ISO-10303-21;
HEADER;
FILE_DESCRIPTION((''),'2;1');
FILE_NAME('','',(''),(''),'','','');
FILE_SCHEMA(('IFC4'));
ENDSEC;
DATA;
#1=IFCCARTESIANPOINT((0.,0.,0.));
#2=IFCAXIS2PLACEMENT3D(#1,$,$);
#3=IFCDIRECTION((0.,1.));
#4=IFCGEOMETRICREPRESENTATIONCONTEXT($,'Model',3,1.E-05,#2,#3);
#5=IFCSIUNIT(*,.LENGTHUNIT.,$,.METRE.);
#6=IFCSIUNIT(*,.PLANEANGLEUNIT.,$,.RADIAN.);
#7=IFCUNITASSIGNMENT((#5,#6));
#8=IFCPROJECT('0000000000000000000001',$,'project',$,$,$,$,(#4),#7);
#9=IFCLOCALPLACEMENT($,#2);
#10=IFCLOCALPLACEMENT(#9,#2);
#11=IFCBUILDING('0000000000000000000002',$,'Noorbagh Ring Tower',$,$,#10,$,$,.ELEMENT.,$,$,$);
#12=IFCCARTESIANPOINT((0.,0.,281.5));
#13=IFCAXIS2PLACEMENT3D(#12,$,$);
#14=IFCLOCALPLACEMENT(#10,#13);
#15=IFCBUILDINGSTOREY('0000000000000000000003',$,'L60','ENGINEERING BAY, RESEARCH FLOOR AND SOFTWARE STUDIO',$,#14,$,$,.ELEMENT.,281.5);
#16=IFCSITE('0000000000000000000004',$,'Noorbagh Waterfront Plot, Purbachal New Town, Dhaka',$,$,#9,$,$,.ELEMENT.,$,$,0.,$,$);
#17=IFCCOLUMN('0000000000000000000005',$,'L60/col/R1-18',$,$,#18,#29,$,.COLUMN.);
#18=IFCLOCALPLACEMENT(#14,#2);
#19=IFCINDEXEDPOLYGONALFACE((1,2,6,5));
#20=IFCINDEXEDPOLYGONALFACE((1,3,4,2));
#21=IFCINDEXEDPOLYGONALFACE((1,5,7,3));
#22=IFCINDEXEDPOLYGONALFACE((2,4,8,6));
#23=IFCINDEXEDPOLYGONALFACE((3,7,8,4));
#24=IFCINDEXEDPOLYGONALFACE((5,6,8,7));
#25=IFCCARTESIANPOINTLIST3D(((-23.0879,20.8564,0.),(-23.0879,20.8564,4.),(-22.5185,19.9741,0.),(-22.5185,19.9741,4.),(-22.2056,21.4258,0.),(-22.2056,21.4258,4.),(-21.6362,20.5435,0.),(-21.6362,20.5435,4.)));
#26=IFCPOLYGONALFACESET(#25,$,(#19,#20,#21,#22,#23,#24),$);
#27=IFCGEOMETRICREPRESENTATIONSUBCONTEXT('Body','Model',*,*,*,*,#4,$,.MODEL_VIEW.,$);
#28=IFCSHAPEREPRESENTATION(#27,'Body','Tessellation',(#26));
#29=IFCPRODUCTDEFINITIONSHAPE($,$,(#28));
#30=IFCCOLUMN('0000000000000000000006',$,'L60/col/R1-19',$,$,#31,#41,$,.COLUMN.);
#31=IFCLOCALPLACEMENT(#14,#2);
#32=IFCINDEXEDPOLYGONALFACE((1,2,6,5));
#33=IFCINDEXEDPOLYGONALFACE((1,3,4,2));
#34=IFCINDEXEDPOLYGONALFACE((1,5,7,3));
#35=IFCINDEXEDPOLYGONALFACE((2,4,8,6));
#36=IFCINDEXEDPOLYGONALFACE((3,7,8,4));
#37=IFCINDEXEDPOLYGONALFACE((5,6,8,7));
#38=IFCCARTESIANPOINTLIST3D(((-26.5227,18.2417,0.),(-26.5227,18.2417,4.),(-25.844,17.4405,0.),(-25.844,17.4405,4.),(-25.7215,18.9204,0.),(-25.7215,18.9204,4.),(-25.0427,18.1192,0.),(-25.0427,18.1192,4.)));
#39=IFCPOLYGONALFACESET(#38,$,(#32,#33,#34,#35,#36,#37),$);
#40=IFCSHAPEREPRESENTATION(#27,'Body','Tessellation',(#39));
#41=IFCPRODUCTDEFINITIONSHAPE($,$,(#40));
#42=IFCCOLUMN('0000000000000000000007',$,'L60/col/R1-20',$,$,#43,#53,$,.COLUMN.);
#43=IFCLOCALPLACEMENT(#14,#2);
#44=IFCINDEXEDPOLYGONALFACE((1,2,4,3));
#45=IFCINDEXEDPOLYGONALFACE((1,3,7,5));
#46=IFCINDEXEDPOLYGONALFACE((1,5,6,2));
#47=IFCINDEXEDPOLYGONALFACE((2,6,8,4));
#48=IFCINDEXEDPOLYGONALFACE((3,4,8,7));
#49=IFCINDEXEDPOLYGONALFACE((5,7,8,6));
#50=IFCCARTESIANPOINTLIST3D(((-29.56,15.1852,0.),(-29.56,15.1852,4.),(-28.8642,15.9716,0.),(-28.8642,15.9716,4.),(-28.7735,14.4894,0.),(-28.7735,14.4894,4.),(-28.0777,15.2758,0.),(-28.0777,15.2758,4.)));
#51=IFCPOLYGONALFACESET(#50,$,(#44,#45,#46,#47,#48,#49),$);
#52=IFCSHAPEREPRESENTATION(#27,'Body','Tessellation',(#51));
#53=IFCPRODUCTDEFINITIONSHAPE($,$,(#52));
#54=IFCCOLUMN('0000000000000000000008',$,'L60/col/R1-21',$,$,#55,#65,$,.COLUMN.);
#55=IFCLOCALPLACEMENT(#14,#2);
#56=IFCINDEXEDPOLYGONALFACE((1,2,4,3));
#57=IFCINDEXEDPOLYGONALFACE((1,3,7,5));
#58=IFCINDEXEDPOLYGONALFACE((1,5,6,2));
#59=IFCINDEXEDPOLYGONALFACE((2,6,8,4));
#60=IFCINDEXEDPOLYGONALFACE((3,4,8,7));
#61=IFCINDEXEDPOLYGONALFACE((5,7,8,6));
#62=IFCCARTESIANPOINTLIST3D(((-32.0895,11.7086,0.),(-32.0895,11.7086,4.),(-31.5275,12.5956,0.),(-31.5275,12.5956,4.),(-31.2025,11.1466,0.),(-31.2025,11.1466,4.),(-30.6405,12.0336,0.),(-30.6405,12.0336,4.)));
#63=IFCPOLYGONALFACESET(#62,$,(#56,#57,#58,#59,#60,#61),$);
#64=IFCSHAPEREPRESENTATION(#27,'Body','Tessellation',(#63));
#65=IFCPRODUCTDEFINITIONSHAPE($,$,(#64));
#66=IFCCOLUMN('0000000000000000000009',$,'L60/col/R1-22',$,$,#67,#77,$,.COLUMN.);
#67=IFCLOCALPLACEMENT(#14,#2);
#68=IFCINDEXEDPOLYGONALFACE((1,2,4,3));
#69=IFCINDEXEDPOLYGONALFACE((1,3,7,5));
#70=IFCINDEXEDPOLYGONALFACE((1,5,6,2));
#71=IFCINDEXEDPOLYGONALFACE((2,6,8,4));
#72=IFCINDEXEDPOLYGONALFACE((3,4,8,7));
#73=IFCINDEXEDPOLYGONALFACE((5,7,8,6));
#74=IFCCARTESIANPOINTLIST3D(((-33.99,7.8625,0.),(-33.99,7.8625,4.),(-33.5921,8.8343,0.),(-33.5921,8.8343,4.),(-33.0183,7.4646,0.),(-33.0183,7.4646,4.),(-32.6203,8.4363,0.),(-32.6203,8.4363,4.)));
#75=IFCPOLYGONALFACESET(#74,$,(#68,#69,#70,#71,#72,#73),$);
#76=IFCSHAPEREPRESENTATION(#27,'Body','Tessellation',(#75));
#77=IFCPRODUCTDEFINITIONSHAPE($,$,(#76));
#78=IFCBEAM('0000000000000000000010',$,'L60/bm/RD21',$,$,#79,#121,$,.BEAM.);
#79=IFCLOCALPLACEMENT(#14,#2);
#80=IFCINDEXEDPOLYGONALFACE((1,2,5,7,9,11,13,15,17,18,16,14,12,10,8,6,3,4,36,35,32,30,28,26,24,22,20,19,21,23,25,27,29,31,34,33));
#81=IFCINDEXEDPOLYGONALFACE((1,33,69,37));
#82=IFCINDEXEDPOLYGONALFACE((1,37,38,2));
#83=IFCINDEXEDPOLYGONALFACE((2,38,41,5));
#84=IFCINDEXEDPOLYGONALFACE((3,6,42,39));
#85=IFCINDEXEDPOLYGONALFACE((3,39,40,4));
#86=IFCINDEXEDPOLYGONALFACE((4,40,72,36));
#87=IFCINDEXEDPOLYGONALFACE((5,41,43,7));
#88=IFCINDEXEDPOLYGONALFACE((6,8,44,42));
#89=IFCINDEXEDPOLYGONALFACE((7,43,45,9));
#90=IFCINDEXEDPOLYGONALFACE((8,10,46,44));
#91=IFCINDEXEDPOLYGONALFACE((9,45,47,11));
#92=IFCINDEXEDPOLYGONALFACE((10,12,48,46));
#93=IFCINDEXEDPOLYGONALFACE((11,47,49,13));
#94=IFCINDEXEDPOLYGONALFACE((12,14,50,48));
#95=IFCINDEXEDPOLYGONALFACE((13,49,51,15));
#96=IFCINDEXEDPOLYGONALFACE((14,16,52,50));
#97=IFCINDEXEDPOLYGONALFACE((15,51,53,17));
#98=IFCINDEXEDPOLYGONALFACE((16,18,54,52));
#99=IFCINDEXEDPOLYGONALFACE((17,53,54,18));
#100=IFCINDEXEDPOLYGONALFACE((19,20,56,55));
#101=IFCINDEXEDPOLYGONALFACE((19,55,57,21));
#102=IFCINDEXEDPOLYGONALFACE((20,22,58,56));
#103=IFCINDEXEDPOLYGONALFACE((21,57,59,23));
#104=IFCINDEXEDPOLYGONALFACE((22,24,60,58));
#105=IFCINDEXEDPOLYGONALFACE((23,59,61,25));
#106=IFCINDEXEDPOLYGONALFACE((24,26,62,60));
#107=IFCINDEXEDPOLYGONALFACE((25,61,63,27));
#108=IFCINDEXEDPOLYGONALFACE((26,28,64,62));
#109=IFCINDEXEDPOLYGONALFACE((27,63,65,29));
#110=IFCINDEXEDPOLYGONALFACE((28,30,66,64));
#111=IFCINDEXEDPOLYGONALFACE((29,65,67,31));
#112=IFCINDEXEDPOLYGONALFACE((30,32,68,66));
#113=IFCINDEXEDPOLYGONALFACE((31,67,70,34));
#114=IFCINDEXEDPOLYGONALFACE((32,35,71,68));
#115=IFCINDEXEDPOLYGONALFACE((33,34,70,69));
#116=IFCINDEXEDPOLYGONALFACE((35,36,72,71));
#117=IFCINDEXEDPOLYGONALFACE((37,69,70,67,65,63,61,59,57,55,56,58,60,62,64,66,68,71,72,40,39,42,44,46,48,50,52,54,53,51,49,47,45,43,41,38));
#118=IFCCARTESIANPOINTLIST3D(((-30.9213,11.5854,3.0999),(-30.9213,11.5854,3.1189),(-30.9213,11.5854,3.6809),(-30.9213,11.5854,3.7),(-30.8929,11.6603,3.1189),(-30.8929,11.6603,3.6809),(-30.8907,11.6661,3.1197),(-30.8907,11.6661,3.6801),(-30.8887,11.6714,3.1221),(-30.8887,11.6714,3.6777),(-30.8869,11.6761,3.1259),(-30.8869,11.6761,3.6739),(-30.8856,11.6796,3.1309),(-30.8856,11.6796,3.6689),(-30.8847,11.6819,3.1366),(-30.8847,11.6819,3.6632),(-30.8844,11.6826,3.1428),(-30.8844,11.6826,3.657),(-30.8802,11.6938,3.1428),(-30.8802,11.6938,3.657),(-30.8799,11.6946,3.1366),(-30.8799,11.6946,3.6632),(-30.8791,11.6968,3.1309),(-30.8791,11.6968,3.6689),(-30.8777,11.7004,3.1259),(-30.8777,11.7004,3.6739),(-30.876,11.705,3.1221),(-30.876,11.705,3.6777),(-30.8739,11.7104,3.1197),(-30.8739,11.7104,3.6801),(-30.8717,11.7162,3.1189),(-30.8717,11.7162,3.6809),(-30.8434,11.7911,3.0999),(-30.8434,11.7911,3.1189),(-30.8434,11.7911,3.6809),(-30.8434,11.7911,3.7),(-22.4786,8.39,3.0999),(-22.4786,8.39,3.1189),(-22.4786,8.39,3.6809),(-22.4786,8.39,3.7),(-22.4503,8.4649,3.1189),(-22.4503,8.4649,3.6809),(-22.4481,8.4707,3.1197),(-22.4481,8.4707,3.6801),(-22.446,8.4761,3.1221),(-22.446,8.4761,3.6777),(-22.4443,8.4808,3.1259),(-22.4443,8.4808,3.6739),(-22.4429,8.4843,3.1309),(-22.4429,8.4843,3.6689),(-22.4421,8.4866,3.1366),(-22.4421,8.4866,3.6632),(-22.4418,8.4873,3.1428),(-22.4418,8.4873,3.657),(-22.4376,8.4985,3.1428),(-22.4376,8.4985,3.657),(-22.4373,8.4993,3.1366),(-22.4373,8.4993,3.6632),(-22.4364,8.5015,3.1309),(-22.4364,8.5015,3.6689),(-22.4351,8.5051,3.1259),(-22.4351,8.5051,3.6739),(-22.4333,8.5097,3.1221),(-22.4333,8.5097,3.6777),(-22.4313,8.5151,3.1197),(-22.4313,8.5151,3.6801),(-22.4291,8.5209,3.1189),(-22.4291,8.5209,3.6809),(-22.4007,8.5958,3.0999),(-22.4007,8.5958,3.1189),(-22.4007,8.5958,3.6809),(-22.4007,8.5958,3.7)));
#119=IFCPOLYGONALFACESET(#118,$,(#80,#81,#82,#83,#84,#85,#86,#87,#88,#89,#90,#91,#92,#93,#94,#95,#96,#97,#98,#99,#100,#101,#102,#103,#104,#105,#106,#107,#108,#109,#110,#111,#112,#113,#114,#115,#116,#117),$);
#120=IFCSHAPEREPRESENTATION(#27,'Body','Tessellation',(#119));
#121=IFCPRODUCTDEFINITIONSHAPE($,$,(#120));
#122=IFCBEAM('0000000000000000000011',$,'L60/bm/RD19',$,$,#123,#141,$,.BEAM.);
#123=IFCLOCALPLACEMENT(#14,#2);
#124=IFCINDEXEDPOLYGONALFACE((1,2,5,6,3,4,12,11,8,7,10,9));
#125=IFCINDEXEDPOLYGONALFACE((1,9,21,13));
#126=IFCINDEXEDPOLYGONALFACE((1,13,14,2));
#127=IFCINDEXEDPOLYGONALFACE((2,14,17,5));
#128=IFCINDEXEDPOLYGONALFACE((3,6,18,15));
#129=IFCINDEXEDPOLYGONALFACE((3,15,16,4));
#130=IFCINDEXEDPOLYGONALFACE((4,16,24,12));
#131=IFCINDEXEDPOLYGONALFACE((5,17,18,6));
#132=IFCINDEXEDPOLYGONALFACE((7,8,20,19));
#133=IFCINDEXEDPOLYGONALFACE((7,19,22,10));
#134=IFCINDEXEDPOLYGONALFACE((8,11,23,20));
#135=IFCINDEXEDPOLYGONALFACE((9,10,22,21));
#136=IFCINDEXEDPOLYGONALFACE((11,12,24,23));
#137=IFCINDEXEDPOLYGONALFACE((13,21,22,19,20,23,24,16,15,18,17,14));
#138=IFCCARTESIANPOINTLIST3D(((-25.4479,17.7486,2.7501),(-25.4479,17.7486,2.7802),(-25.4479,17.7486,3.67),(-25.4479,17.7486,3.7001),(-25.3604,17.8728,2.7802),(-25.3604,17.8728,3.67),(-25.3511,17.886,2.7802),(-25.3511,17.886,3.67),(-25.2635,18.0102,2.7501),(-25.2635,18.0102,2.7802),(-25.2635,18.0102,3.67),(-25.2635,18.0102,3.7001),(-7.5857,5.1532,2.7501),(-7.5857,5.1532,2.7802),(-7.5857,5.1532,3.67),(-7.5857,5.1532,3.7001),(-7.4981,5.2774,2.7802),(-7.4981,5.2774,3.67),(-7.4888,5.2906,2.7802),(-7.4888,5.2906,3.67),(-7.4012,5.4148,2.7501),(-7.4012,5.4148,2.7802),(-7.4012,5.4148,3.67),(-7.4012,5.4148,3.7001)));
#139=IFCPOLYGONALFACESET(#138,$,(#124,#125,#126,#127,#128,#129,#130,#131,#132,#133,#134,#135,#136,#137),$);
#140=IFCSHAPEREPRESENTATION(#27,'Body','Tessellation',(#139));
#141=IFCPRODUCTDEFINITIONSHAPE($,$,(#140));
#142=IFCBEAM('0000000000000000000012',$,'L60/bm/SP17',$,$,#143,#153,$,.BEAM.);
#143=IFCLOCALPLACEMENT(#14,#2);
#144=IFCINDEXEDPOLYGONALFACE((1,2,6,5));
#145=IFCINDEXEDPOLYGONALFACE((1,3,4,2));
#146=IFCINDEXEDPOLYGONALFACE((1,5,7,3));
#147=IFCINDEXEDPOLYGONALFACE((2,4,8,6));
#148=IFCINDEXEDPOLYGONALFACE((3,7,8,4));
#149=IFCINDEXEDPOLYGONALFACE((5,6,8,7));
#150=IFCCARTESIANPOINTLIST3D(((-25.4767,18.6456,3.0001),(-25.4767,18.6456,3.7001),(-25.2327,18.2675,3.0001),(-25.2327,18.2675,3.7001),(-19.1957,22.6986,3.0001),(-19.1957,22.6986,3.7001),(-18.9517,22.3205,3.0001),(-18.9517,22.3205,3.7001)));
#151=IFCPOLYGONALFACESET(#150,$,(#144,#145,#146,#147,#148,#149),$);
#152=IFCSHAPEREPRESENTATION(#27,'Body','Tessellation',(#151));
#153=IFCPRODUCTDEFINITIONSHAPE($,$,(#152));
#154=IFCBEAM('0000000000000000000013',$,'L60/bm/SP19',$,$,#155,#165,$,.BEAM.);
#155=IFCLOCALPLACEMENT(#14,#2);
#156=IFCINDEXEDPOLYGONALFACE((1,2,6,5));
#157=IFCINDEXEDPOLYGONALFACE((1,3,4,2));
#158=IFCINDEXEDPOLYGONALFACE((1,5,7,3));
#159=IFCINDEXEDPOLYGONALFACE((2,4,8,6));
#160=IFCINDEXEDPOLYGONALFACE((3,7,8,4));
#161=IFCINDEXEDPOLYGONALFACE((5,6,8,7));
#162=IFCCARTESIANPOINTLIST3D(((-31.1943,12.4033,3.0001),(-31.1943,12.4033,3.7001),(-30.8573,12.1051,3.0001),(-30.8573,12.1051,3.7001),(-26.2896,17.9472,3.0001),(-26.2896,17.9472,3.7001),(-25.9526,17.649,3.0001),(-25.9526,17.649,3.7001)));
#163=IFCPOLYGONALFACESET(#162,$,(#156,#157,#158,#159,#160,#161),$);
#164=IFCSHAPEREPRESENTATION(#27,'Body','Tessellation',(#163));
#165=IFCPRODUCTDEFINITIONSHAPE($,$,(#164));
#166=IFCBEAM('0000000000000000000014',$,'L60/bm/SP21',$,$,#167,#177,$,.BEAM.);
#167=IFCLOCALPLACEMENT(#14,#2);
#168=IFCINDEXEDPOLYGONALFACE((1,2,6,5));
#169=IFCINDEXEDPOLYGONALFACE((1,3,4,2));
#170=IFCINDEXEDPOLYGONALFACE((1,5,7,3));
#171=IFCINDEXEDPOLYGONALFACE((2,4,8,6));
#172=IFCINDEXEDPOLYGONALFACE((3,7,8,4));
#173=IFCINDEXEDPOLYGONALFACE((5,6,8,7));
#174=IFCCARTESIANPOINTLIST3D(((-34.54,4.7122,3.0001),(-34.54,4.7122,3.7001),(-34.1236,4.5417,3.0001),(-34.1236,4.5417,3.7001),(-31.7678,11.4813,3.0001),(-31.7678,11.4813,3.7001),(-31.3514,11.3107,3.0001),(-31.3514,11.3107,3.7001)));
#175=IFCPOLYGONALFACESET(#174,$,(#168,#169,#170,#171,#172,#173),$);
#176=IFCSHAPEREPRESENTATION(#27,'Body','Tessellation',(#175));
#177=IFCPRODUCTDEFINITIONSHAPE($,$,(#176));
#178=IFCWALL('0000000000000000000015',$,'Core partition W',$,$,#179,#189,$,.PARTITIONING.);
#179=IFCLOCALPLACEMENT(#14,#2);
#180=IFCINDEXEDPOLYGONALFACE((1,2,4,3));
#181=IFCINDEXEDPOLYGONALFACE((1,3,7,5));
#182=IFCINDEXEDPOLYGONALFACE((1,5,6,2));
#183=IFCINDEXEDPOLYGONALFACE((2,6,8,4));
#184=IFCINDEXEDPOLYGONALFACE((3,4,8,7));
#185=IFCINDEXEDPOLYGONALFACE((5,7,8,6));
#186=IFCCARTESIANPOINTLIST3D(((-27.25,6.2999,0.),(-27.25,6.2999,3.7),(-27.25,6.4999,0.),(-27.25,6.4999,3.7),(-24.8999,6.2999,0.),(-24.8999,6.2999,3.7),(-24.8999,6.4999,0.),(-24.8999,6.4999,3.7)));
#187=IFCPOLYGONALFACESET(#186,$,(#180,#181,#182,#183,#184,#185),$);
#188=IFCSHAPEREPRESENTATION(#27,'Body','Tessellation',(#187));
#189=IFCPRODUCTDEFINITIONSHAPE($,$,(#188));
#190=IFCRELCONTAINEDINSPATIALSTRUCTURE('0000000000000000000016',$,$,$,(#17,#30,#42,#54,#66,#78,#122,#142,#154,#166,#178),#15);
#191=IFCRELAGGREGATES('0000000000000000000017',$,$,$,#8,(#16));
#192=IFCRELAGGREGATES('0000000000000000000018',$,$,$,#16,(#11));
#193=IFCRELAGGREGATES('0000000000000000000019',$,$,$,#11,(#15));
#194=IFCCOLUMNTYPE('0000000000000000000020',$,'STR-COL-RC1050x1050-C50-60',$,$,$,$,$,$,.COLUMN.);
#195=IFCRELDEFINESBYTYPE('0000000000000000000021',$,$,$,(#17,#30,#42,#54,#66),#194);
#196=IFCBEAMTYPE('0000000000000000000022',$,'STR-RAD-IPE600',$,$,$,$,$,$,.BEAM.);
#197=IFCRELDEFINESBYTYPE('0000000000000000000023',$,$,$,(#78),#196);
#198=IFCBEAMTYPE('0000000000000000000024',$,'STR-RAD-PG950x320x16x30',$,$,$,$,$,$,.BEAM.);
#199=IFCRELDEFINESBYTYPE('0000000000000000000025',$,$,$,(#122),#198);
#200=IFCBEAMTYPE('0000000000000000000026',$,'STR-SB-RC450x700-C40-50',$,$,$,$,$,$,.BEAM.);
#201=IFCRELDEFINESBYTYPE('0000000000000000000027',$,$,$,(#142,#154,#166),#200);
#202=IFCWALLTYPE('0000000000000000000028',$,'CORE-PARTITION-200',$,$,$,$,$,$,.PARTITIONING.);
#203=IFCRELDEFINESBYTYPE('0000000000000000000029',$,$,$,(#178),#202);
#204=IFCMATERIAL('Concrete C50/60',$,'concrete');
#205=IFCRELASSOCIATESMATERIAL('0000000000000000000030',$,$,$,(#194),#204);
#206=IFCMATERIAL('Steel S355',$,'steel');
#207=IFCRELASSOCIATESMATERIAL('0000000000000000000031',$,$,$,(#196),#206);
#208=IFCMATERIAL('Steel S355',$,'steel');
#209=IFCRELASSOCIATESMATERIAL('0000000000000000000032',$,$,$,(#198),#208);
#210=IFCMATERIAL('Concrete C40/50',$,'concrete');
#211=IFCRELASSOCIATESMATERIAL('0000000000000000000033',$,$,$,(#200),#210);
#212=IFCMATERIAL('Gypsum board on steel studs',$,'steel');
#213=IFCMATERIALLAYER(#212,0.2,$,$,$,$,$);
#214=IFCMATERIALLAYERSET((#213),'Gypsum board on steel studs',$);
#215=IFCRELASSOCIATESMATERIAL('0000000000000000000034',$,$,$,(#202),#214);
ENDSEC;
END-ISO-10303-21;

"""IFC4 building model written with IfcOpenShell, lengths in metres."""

from ifc_helpers import new_model, si_unit, direction, frame, frame_2d, origin, origin_2d, place, context, subcontext, project, spatial, rectangle, i_section, extrude, material, layer, layer_set, material_profile, profile_set, type_object, element, save


model = new_model("IFC4")

# Units and contexts
model_context = context("Model", 3, precision=1e-05, world=origin(), true_north=direction((0.0, 1.0)))
body_context = subcontext(model_context, "Body", "Model", "MODEL_VIEW")
ifc_project = project(units=[si_unit("LENGTHUNIT", "METRE"), si_unit("PLANEANGLEUNIT", "RADIAN")], contexts=[model_context])

# Site, building, storey
site_placement = place(None, origin())
site = spatial("IfcSite", under=ifc_project, at=site_placement, Name="Noorbagh Waterfront Plot, Purbachal New Town, Dhaka", CompositionType="ELEMENT", RefElevation=0.0)
building_placement = place(site_placement, origin())
building = spatial("IfcBuilding", under=site, at=building_placement, Name="Noorbagh Ring Tower", CompositionType="ELEMENT")
storey_placement = place(building_placement, frame((0.0, 0.0, 281.5)))
storey = spatial("IfcBuildingStorey", under=building, at=storey_placement, Name="L60", Description="ENGINEERING BAY, RESEARCH FLOOR AND SOFTWARE STUDIO", CompositionType="ELEMENT", Elevation=281.5)

# Columns
ifc_material_1 = material(Name="Concrete C50/60", Category="concrete")
ifc_material_profile_1 = material_profile(ifc_material_1, rectangle(XDim=1.05, YDim=1.05, at=origin_2d()), Name="RC1050x1050")
ifc_profile_set_1 = profile_set([ifc_material_profile_1], Name="Concrete C50/60")
column_type = type_object("IfcColumnType", Name="STR-COL-RC1050x1050-C50-60", PredefinedType="COLUMN", material=ifc_profile_set_1)
for number, where, z_axis, x_axis, name in (
    (1, (-22.3621, 20.7, 0.0), (0.0, 0.0, 1.0), (-0.840248, -0.542203, 0.0), "L60/col/R1-18"),
    (2, (-25.7827, 18.1804, 0.0), (0.0, 0.0, 1.0), (-0.763035, -0.646357, 0.0), "L60/col/R1-19"),
    (3, (-28.8188, 15.2305, 0.0), (0.0, 0.0, 1.0), (-0.662636, -0.748942, 0.0), "L60/col/R1-20"),
    (4, (-31.365, 11.8711, 0.0), (0.0, 0.0, 1.0), (-0.53519, -0.844731, 0.0), "L60/col/R1-21"),
    (5, (-33.3052, 8.1494, 0.0), (0.0, 0.0, 1.0), (-0.378989, -0.925401, 0.0), "L60/col/R1-22"),
):
    element("IfcColumn", number, at=place(storey_placement, frame(where, z_axis=z_axis, x_axis=x_axis)), inside=storey, type_object=column_type, Name=name, PredefinedType="COLUMN", context=body_context, shape_type="SweptSolid", body=[
        extrude(rectangle(XDim=1.05, YDim=1.05, at=origin_2d()), origin(), (0.0, 0.0, 1.0), 4.0),
    ])

# Beams
ifc_material_2 = material(Name="Steel S355", Category="steel")
ifc_material_profile_2 = material_profile(ifc_material_2, i_section(OverallWidth=0.22, OverallDepth=0.6001, WebThickness=0.012, FlangeThickness=0.019, FilletRadius=0.0239, at=origin_2d()), Name="IPE600")
ifc_profile_set_2 = profile_set([ifc_material_profile_2], Name="Steel S355")
beam_type_1 = type_object("IfcBeamType", Name="STR-RAD-IPE600", PredefinedType="BEAM", material=ifc_profile_set_2)
beam_1_placement = place(storey_placement, frame((-30.8823, 11.6882, 3.3999), z_axis=(0.935257, -0.35397, 0.0), x_axis=(0.35397, 0.935257, 0.0)))
element("IfcBeam", 6, at=beam_1_placement, inside=storey, type_object=beam_type_1, Name="L60/bm/RD21", PredefinedType="BEAM", context=body_context, shape_type="SweptSolid", body=[
    extrude(i_section(OverallWidth=0.22, OverallDepth=0.6001, WebThickness=0.012, FlangeThickness=0.019, FilletRadius=0.0239, at=origin_2d()), origin(), (0.0, 0.0, 1.0), 9.0271),
])
ifc_material_3 = material(Name="Steel S355", Category="steel")
ifc_material_profile_3 = material_profile(ifc_material_3, i_section(OverallWidth=0.3201, OverallDepth=0.95, WebThickness=0.0161, FlangeThickness=0.03, at=origin_2d()), Name="PG950x320x16x30")
ifc_profile_set_3 = profile_set([ifc_material_profile_3], Name="Steel S355")
beam_type_2 = type_object("IfcBeamType", Name="STR-RAD-PG950x320x16x30", PredefinedType="BEAM", material=ifc_profile_set_3)
beam_2_placement = place(storey_placement, frame((-25.3557, 17.8794, 3.2251), z_axis=(0.817253, -0.576279, 0.0), x_axis=(0.576279, 0.817253, 0.0)))
element("IfcBeam", 7, at=beam_2_placement, inside=storey, type_object=beam_type_2, Name="L60/bm/RD19", PredefinedType="BEAM", context=body_context, shape_type="SweptSolid", body=[
    extrude(i_section(OverallWidth=0.3201, OverallDepth=0.95, WebThickness=0.0161, FlangeThickness=0.03, at=origin_2d()), origin(), (0.0, 0.0, 1.0), 21.8564),
])
ifc_material_4 = material(Name="Concrete C40/50", Category="concrete")
ifc_material_profile_4 = material_profile(ifc_material_4, rectangle(XDim=0.45, YDim=0.7, at=origin_2d()), Name="RC450x700")
ifc_profile_set_4 = profile_set([ifc_material_profile_4], Name="Concrete C40/50")
beam_type_3 = type_object("IfcBeamType", Name="STR-SB-RC450x700-C40-50", PredefinedType="BEAM", material=ifc_profile_set_4)
beam_3_placement = place(storey_placement, frame((-19.0737, 22.5095, 3.3501), z_axis=(-0.840253, -0.542195, 0.0), x_axis=(0.542195, -0.840253, 0.0)))
element("IfcBeam", 8, at=beam_3_placement, inside=storey, type_object=beam_type_3, Name="L60/bm/SP17", PredefinedType="BEAM", context=body_context, shape_type="SweptSolid", body=[
    extrude(rectangle(XDim=0.45, YDim=0.7, at=origin_2d()), origin(), (0.0, 0.0, 1.0), 7.4751),
])
beam_4_placement = place(storey_placement, frame((-26.1211, 17.7981, 3.3501), z_axis=(-0.662614, -0.748961, 0.0), x_axis=(0.748961, -0.662614, 0.0)))
element("IfcBeam", 9, at=beam_4_placement, inside=storey, type_object=beam_type_3, Name="L60/bm/SP19", PredefinedType="BEAM", context=body_context, shape_type="SweptSolid", body=[
    extrude(rectangle(XDim=0.45, YDim=0.7, at=origin_2d()), origin(), (0.0, 0.0, 1.0), 7.4021),
])
beam_5_placement = place(storey_placement, frame((-31.5596, 11.396, 3.3501), z_axis=(-0.378992, -0.9254, 0.0), x_axis=(0.9254, -0.378992, 0.0)))
element("IfcBeam", 10, at=beam_5_placement, inside=storey, type_object=beam_type_3, Name="L60/bm/SP21", PredefinedType="BEAM", context=body_context, shape_type="SweptSolid", body=[
    extrude(rectangle(XDim=0.45, YDim=0.7, at=origin_2d()), origin(), (0.0, 0.0, 1.0), 7.3147),
])

# Wall
ifc_material_5 = material(Name="Gypsum board on steel studs", Category="steel")
ifc_layer_1 = layer(ifc_material_5, 0.2)
ifc_layer_set_1 = layer_set([ifc_layer_1], Name="Gypsum board on steel studs")
wall_type_1 = type_object("IfcWallType", Name="CORE-PARTITION-200", PredefinedType="PARTITIONING", material=ifc_layer_set_1)
wall_1_placement = place(storey_placement, frame((-24.8999, 6.3999, 0.0), z_axis=(0.0, 0.0, 1.0), x_axis=(-1.0, 0.0, 0.0)))
element("IfcWall", 11, at=wall_1_placement, inside=storey, type_object=wall_type_1, Name="Core partition W", PredefinedType="PARTITIONING", context=body_context, shape_type="SweptSolid", body=[
    extrude(rectangle(XDim=2.3501, YDim=0.2, at=frame_2d((1.175, 0.0))), origin(), (0.0, 0.0, 1.0), 3.7),
])

save(model, "model.ifc")
